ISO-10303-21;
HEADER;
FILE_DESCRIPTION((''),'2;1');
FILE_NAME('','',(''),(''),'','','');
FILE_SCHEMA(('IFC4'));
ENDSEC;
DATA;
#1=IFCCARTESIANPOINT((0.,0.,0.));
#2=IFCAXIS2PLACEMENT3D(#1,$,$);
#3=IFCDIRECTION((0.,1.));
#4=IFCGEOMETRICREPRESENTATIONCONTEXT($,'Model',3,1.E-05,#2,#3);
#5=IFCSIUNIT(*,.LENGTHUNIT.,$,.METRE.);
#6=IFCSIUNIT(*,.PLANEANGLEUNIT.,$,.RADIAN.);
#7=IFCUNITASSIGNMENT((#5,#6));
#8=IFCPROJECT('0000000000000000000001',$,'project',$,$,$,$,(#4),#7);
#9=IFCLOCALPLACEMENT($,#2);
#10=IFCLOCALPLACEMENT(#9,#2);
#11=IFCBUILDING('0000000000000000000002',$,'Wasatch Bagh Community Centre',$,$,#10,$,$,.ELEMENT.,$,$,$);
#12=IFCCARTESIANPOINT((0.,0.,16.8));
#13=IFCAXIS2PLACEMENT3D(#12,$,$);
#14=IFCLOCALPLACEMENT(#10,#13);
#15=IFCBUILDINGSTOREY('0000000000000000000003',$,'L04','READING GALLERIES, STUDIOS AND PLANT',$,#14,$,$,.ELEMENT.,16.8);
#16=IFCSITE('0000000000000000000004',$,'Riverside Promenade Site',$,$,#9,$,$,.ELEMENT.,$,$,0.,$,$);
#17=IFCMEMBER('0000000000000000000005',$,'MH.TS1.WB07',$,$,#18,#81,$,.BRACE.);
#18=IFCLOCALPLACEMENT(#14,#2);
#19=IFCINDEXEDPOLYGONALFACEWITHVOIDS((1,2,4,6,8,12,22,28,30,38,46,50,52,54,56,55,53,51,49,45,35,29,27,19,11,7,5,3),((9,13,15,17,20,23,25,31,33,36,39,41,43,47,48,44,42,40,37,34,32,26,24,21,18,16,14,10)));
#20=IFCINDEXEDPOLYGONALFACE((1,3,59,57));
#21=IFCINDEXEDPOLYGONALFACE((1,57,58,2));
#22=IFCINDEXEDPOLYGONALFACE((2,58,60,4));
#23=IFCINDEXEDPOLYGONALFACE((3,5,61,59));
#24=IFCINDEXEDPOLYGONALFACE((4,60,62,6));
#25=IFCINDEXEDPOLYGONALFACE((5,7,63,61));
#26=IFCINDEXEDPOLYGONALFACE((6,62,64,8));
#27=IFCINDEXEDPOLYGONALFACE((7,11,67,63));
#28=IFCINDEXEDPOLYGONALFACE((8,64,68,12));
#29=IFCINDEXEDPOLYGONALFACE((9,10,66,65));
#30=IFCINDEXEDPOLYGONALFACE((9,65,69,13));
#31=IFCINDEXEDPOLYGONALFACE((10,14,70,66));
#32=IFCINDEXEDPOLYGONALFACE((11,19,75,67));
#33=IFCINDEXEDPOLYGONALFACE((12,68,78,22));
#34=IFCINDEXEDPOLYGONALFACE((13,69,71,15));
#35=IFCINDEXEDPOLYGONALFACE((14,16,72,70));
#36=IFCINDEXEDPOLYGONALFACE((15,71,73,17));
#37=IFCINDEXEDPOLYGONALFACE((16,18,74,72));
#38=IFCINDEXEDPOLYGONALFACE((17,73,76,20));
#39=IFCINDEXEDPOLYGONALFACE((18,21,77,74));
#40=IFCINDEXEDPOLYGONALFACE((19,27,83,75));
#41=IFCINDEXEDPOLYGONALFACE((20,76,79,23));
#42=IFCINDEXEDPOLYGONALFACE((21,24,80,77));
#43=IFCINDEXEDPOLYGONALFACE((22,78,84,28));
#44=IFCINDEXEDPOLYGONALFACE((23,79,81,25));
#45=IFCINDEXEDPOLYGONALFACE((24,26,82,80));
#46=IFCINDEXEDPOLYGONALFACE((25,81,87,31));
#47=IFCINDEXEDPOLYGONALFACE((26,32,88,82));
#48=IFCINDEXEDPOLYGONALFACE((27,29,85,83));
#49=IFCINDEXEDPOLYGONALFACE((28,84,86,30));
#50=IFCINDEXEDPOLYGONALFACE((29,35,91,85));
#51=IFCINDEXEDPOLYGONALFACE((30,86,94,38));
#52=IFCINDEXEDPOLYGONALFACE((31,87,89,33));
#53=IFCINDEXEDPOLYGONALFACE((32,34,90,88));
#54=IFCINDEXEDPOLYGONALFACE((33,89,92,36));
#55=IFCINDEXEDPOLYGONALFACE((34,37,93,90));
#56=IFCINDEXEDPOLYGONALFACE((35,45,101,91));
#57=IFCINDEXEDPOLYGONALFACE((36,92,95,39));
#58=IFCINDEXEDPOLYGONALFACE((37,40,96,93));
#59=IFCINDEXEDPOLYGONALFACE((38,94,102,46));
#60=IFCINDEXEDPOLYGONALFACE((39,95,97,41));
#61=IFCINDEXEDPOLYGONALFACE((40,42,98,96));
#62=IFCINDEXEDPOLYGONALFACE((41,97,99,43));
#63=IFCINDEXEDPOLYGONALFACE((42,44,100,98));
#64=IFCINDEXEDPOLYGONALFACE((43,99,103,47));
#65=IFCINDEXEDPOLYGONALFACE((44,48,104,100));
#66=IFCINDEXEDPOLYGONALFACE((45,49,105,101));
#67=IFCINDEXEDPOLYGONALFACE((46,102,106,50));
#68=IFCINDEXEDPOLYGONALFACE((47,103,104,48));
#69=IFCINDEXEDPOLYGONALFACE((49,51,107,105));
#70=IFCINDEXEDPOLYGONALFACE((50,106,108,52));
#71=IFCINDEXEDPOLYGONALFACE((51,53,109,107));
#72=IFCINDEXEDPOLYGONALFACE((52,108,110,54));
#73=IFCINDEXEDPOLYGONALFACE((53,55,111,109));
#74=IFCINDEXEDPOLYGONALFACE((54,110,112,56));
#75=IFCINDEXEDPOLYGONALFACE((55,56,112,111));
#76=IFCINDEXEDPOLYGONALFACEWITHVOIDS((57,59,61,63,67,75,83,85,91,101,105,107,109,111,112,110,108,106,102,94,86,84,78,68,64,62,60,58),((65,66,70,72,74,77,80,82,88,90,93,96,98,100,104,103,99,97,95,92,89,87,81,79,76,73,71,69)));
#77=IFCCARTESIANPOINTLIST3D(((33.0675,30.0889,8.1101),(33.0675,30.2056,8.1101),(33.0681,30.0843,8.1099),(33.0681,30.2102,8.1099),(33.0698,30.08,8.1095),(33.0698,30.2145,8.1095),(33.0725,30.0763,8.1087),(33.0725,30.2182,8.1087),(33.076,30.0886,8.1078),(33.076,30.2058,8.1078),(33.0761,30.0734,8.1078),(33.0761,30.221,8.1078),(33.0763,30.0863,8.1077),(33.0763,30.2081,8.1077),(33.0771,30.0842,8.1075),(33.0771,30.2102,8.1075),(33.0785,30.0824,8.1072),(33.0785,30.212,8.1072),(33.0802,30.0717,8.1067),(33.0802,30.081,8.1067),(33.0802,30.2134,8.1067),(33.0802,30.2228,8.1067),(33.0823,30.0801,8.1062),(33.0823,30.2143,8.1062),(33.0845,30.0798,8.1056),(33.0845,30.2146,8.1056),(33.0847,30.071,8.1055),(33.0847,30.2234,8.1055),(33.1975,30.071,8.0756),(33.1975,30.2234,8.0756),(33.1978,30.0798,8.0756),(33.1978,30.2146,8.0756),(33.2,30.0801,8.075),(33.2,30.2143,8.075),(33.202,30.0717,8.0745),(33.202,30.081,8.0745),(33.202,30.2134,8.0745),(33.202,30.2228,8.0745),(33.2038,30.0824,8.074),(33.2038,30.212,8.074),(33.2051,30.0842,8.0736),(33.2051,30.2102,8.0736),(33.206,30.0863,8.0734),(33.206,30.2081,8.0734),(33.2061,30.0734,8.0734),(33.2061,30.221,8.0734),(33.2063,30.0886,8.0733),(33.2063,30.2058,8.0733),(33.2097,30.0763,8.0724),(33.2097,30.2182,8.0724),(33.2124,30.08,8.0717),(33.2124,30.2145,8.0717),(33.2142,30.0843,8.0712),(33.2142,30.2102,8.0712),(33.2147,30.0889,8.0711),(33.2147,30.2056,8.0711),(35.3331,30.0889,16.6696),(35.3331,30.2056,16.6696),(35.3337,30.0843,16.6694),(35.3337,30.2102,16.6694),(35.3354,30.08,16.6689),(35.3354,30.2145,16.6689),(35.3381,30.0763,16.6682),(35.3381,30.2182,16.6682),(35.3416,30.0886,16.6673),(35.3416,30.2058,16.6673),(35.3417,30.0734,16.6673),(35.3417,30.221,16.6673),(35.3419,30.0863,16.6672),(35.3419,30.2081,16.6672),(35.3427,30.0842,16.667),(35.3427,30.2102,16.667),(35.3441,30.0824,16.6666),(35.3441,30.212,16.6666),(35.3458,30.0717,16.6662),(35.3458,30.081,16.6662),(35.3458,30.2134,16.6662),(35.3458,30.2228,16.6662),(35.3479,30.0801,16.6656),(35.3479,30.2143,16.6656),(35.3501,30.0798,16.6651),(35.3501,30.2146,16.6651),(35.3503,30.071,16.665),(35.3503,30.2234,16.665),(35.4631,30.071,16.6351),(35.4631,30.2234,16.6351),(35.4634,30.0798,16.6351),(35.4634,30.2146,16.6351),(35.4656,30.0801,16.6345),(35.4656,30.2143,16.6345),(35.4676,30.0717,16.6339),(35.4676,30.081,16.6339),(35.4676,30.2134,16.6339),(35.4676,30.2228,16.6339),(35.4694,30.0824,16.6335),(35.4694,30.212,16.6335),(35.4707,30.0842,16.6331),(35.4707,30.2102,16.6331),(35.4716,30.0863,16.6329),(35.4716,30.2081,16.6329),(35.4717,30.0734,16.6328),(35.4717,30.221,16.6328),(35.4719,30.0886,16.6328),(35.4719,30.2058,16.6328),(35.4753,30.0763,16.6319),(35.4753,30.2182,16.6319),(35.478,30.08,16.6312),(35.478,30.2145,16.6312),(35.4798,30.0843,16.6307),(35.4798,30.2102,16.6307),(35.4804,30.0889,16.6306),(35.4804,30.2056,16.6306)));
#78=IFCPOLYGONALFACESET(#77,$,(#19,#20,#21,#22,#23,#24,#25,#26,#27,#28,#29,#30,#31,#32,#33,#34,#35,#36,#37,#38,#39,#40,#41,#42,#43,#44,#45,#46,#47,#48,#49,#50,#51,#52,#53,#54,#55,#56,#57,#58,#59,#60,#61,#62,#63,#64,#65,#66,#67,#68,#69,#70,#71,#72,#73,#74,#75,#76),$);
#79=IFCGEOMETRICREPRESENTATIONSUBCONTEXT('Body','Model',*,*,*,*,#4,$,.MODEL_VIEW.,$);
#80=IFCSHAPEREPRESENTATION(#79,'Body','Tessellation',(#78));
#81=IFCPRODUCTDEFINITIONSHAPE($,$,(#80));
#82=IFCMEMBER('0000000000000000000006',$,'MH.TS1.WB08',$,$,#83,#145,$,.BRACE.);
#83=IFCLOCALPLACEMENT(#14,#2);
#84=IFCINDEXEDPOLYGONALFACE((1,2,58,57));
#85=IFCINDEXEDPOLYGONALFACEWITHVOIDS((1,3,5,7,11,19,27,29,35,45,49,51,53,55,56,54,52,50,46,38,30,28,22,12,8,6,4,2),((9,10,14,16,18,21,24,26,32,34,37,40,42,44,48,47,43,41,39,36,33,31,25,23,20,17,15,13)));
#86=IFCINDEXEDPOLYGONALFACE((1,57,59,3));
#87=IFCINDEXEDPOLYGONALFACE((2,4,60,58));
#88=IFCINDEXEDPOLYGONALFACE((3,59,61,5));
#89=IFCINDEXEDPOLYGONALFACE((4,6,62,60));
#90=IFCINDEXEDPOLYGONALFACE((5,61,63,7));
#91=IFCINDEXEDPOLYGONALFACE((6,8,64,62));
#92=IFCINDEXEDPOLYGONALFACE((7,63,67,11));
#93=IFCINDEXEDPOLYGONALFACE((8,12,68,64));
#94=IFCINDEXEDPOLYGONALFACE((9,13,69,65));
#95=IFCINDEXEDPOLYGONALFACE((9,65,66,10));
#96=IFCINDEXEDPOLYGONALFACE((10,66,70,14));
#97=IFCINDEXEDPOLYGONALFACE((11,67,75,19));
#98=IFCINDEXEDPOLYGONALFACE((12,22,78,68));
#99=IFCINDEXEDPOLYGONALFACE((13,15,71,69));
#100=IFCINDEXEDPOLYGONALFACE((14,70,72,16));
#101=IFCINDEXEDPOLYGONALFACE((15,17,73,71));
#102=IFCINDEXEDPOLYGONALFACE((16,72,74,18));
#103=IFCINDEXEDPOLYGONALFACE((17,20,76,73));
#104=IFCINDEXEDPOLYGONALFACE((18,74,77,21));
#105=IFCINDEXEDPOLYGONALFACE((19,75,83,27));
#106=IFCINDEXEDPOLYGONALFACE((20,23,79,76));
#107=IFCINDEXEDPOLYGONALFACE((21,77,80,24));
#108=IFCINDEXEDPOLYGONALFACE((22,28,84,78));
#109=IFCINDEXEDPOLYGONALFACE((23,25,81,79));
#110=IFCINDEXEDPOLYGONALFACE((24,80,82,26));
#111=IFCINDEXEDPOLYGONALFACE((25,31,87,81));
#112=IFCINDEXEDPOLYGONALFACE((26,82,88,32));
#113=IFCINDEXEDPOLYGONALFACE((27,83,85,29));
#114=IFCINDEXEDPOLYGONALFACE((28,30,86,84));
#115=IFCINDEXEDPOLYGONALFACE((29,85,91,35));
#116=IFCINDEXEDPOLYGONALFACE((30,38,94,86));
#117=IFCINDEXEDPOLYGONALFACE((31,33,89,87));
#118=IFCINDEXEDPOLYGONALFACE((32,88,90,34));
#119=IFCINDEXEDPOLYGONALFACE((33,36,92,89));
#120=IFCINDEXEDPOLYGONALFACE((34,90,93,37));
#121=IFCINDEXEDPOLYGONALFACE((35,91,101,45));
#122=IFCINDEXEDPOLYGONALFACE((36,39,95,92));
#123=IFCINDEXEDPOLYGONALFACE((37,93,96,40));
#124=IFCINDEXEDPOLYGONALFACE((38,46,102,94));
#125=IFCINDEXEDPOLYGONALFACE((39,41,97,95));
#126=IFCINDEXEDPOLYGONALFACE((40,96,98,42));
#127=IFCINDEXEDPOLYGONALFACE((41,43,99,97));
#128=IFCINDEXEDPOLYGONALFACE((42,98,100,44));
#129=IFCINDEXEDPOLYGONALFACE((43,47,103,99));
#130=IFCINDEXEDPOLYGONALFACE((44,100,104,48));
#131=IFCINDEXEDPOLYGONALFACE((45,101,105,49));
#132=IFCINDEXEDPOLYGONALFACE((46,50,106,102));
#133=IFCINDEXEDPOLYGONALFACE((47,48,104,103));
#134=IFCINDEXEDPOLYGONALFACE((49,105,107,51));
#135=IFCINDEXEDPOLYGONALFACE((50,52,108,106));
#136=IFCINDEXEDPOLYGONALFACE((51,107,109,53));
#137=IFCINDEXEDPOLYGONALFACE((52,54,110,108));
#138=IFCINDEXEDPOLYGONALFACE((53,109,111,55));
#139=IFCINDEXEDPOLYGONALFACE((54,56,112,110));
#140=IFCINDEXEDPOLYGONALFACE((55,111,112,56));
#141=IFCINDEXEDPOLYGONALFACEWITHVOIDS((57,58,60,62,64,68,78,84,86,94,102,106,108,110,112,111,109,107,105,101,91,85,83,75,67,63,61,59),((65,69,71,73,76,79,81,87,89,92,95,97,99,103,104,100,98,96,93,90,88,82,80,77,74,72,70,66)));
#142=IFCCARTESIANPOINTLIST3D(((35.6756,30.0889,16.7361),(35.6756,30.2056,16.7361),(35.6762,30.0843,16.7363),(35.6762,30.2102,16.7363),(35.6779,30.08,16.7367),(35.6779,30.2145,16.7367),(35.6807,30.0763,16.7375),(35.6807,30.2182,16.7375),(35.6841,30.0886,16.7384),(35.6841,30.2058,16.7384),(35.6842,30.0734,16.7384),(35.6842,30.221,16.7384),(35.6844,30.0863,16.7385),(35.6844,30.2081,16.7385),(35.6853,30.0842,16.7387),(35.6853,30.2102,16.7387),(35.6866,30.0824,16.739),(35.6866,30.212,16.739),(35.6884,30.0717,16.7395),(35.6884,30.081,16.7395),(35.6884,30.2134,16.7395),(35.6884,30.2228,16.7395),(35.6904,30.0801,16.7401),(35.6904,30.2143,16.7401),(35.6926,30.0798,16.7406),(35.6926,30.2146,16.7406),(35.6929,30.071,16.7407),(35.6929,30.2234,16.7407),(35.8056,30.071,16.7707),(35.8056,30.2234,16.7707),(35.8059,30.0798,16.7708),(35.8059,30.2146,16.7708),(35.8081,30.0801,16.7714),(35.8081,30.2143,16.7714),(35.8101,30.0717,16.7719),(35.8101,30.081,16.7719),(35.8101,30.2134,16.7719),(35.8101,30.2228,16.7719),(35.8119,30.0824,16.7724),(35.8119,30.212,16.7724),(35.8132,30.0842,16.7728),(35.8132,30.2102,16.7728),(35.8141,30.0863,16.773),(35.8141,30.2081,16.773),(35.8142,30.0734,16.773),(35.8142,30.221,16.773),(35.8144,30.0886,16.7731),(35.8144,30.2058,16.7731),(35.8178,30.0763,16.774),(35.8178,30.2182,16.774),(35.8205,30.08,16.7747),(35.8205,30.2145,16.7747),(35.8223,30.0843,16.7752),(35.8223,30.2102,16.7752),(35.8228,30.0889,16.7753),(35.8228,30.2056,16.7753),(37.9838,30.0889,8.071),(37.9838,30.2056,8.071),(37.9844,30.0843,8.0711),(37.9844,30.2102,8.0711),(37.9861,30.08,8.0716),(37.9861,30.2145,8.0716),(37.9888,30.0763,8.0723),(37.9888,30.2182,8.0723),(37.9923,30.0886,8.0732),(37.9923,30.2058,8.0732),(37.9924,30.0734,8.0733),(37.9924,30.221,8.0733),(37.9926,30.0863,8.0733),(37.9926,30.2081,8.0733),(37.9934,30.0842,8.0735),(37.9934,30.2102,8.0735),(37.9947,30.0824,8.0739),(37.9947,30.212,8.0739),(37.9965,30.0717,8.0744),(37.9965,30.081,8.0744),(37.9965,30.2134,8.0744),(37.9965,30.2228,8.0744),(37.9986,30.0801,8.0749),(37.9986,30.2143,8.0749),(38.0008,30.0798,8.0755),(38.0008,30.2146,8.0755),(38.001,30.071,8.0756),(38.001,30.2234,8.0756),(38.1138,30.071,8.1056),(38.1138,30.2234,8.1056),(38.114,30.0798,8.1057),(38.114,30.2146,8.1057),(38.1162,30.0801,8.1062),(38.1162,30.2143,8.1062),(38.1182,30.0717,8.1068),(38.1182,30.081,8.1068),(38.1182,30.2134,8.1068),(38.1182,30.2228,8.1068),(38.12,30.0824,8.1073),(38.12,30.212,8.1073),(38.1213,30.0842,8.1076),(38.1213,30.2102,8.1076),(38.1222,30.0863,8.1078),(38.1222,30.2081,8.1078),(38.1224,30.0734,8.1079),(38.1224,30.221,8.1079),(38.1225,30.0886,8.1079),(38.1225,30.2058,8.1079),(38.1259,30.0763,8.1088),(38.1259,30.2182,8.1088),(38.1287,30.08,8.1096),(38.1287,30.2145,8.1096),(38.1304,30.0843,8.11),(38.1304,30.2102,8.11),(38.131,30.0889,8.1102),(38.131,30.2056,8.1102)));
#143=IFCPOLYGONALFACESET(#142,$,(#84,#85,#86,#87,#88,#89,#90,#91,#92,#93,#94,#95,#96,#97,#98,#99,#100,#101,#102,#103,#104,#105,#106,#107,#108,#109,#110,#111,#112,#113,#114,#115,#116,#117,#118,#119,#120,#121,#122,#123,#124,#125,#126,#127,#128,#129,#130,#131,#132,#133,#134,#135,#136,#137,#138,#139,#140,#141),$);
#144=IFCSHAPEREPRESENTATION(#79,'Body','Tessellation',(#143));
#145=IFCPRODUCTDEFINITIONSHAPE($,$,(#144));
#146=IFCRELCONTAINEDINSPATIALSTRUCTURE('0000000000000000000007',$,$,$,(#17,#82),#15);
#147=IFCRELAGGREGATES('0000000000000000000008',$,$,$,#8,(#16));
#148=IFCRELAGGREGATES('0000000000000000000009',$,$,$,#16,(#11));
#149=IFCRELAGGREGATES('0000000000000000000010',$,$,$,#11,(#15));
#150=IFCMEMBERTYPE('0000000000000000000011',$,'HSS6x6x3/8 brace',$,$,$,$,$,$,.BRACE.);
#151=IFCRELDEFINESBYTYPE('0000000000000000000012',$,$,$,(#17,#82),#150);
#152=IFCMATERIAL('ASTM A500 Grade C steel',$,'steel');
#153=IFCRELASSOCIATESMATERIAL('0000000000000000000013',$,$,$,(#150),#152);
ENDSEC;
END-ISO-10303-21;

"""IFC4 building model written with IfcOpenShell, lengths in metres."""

from ifc_helpers import new_model, si_unit, direction, frame, origin, origin_2d, place, context, subcontext, project, spatial, hollow_rectangle, extrude, material, material_profile, profile_set, type_object, element, save


model = new_model("IFC4")

# Units and contexts
model_context = context("Model", 3, precision=1e-05, world=origin(), true_north=direction((0.0, 1.0)))
body_context = subcontext(model_context, "Body", "Model", "MODEL_VIEW")
ifc_project = project(units=[si_unit("LENGTHUNIT", "METRE"), si_unit("PLANEANGLEUNIT", "RADIAN")], contexts=[model_context])

# Site, building, storey
site_placement = place(None, origin())
site = spatial("IfcSite", under=ifc_project, at=site_placement, Name="Riverside Promenade Site", CompositionType="ELEMENT", RefElevation=0.0)
building_placement = place(site_placement, origin())
building = spatial("IfcBuilding", under=site, at=building_placement, Name="Wasatch Bagh Community Centre", CompositionType="ELEMENT")
storey_placement = place(building_placement, frame((0.0, 0.0, 16.8)))
storey = spatial("IfcBuildingStorey", under=building, at=storey_placement, Name="L04", Description="READING GALLERIES, STUDIOS AND PLANT", CompositionType="ELEMENT", Elevation=16.8)

# Members
ifc_material_1 = material(Name="ASTM A500 Grade C steel", Category="steel")
ifc_material_profile_1 = material_profile(ifc_material_1, hollow_rectangle(XDim=0.1523, YDim=0.1523, WallThickness=0.0088, InnerFilletRadius=0.0088, OuterFilletRadius=0.0178, at=origin_2d()), Name="HSS6x6x3/8")
ifc_profile_set_1 = profile_set([ifc_material_profile_1], Name="ASTM A500 Grade C steel")
member_type_1 = type_object("IfcMemberType", Name="HSS6x6x3/8 brace", PredefinedType="BRACE", material=ifc_profile_set_1)
member_1_placement = place(storey_placement, frame((33.1411, 30.1472, 8.0906), z_axis=(0.255877, 0.0, 0.966709), x_axis=(0.0, 1.0, 0.0)))
element("IfcMember", 1, at=member_1_placement, inside=storey, type_object=member_type_1, Name="MH.TS1.WB07", PredefinedType="BRACE", context=body_context, shape_type="SweptSolid", body=[
    extrude(hollow_rectangle(XDim=0.1523, YDim=0.1523, WallThickness=0.0088, InnerFilletRadius=0.0088, OuterFilletRadius=0.0178, at=origin_2d()), origin(), (0.0, 0.0, 1.0), 8.8542),
])
member_2_placement = place(storey_placement, frame((38.0574, 30.1472, 8.0906), z_axis=(-0.257395, 0.0, 0.966306), x_axis=(0.0, -1.0, 0.0)))
element("IfcMember", 2, at=member_2_placement, inside=storey, type_object=member_type_1, Name="MH.TS1.WB08", PredefinedType="BRACE", context=body_context, shape_type="SweptSolid", body=[
    extrude(hollow_rectangle(XDim=0.1523, YDim=0.1523, WallThickness=0.0088, InnerFilletRadius=0.0088, OuterFilletRadius=0.0178, at=origin_2d()), origin(), (0.0, 0.0, 1.0), 8.9673),
])

save(model, "model.ifc")
